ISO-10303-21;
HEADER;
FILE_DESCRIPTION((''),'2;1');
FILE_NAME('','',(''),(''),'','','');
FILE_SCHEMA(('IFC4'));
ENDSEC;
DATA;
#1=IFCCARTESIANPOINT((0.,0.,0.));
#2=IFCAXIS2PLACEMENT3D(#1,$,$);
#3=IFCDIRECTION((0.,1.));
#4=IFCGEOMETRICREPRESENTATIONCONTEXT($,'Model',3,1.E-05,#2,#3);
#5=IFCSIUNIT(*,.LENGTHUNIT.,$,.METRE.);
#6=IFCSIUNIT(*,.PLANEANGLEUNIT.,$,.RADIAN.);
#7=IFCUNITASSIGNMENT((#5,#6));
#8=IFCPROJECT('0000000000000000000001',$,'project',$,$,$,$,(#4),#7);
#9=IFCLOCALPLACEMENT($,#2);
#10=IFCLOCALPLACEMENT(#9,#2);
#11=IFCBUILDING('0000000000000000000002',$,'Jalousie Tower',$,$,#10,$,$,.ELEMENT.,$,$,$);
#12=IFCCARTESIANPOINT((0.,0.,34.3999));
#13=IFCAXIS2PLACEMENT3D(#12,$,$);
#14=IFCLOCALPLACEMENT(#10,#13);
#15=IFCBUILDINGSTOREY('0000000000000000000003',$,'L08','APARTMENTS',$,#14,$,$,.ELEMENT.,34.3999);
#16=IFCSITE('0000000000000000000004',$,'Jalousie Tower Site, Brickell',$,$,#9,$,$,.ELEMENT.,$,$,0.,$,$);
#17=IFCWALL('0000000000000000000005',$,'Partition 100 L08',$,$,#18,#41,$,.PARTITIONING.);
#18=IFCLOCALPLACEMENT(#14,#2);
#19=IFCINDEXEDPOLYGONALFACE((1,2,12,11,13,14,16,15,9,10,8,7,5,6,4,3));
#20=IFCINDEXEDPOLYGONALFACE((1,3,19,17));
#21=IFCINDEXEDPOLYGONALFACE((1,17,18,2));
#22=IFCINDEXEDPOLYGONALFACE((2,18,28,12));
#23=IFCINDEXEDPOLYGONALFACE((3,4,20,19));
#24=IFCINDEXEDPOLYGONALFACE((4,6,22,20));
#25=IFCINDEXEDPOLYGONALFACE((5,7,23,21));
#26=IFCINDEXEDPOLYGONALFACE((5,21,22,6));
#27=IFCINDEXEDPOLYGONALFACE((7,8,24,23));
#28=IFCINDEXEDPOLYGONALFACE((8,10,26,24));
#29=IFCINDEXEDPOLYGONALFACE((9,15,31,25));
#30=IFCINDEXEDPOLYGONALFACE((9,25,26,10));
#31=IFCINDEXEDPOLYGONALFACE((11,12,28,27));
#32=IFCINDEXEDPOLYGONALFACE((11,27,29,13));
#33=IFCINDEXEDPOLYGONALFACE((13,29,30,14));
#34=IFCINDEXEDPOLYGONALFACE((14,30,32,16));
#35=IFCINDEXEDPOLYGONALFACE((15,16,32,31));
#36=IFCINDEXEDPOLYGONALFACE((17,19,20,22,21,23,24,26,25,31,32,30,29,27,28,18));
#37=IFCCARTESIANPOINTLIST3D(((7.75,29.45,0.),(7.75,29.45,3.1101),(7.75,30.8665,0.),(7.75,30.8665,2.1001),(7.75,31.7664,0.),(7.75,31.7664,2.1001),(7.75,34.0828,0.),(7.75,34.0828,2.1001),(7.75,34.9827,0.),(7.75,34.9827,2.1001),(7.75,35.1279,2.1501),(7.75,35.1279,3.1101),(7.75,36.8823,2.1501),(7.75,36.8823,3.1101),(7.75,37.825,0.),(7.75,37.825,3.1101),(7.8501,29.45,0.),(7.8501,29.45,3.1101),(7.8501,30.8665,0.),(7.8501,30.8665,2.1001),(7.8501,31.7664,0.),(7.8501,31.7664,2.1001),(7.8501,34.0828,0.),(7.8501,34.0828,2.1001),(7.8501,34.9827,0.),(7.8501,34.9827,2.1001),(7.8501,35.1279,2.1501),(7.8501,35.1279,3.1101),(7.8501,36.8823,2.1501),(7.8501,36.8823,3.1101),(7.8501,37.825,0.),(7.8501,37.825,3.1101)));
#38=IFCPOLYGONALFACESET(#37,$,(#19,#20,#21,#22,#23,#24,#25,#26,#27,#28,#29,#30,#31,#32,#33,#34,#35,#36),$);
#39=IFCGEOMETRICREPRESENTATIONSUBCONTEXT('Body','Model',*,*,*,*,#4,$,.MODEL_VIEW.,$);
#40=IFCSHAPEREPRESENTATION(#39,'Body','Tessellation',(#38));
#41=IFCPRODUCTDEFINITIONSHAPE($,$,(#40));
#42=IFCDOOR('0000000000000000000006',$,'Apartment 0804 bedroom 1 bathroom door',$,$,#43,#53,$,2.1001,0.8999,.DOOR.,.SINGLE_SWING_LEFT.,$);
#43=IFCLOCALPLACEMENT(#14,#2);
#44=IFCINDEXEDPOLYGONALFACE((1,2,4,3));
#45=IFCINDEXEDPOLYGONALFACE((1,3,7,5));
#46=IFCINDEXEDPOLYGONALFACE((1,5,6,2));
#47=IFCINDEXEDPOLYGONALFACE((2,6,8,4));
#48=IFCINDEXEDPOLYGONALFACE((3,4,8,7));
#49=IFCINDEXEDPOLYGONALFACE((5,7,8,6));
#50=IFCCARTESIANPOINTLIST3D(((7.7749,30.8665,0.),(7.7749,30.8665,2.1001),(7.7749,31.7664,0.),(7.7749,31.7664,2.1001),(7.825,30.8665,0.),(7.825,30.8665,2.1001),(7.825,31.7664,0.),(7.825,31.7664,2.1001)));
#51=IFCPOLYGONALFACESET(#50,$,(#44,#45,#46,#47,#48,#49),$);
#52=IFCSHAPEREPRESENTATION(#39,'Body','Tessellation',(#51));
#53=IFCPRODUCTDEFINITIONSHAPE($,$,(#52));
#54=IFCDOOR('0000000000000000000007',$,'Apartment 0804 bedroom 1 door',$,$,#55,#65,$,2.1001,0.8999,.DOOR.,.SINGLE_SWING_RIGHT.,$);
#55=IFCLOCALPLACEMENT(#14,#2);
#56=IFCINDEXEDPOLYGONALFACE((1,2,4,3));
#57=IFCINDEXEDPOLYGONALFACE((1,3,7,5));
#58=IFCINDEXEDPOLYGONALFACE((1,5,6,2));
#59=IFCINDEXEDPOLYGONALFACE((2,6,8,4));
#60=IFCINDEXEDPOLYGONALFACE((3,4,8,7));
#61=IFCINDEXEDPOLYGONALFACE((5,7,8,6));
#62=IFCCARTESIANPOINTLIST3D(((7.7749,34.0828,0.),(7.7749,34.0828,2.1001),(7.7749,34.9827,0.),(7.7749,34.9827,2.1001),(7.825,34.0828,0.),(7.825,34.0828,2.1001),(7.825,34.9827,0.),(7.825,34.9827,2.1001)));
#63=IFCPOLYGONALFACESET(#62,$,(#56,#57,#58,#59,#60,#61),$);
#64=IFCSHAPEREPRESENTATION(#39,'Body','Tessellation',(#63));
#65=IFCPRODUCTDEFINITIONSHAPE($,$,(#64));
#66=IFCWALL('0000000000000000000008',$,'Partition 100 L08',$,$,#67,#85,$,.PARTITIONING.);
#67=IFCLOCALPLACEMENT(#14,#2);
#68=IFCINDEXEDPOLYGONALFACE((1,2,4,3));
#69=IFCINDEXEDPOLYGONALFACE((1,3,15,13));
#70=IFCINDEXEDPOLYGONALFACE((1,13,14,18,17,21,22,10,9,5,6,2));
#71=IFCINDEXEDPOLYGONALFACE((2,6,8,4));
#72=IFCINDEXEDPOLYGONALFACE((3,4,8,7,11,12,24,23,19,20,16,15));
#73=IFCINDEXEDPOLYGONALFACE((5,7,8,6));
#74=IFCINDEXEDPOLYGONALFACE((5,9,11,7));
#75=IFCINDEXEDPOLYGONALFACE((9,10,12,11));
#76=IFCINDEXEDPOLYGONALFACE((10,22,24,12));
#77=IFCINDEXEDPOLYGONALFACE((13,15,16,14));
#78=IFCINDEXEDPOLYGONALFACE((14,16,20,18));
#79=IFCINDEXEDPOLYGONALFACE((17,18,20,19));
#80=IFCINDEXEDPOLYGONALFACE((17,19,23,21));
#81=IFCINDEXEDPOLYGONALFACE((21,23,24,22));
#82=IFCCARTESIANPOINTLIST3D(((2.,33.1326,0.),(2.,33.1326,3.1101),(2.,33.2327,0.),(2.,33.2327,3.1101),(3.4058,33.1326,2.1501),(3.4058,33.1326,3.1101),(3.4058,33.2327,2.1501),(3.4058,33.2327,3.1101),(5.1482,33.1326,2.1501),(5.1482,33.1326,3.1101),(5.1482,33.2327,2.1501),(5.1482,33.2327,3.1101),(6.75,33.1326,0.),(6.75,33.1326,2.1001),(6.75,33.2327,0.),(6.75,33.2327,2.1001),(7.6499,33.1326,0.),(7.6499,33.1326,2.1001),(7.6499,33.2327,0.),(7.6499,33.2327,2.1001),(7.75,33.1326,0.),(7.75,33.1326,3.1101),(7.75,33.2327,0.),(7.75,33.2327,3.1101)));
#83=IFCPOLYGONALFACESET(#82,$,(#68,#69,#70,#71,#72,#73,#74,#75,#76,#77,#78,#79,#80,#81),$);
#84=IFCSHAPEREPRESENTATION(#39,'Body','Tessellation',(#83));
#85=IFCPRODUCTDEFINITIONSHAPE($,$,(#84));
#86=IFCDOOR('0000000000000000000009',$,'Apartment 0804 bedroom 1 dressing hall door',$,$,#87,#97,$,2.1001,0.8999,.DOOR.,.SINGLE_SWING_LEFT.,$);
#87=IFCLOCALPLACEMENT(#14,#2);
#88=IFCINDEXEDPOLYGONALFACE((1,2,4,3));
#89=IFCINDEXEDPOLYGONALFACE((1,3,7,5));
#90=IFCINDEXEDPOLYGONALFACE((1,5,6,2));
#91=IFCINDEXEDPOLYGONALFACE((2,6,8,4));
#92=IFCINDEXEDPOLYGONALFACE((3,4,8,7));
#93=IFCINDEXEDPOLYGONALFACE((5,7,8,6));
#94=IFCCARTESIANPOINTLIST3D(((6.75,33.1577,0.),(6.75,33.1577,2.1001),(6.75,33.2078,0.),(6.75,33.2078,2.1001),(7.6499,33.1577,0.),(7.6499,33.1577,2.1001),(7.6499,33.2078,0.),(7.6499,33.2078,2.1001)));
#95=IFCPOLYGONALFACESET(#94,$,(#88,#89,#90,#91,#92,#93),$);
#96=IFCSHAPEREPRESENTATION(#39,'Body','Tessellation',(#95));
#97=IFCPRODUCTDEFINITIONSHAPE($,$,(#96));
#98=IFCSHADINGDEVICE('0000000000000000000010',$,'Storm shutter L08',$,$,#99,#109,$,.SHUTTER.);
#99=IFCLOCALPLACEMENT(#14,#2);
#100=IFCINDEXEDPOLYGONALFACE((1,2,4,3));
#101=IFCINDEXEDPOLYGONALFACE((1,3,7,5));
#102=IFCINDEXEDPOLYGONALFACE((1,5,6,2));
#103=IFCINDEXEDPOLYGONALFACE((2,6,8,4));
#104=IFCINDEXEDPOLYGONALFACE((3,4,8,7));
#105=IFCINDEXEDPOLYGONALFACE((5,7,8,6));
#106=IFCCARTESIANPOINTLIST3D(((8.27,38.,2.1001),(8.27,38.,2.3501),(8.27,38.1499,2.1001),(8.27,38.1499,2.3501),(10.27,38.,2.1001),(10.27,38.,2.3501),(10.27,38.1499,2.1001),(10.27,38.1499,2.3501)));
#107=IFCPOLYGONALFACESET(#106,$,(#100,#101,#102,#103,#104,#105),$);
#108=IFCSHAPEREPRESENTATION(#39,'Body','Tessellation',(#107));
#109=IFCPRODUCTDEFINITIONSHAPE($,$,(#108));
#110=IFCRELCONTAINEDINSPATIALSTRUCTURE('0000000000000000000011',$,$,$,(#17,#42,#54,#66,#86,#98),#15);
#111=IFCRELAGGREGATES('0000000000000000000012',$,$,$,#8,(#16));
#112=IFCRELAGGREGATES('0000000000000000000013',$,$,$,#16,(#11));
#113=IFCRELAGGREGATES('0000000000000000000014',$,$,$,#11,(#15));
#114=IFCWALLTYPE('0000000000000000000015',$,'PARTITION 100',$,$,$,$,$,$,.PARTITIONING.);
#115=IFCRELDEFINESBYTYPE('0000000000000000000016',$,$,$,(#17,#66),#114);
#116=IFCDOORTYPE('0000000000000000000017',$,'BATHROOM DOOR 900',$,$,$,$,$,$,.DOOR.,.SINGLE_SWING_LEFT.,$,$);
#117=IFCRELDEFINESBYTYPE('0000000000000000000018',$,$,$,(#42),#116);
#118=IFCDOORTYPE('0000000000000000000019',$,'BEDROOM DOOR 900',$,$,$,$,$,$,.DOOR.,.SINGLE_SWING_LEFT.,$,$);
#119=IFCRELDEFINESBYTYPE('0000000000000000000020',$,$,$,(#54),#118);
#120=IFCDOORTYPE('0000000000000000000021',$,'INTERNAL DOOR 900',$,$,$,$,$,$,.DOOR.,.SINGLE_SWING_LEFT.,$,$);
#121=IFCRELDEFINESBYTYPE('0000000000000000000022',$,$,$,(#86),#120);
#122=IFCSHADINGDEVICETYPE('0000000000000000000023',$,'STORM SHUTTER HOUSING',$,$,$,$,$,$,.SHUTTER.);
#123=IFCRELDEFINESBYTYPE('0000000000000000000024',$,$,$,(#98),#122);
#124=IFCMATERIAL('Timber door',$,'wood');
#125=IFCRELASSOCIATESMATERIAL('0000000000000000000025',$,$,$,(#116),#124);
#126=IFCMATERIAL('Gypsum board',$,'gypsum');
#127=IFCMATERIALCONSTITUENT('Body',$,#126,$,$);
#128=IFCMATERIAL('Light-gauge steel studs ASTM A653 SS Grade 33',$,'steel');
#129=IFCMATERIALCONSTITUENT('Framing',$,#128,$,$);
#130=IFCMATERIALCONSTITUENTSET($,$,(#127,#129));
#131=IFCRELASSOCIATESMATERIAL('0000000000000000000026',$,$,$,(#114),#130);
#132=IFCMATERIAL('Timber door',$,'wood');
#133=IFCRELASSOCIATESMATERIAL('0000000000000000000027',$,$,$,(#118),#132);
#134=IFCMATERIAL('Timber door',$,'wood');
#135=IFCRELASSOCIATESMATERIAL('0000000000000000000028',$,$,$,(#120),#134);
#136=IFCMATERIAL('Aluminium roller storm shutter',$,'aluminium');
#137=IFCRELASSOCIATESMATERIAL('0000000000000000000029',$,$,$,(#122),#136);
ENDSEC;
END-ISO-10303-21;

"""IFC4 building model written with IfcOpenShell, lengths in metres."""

from ifc_helpers import new_model, si_unit, direction, frame, frame_2d, origin, origin_2d, place, context, subcontext, project, spatial, polyline, rectangle, outline, extrude, material, constituent, constituent_set, type_object, element, fill, save


model = new_model("IFC4")

# Units and contexts
model_context = context("Model", 3, precision=1e-05, world=origin(), true_north=direction((0.0, 1.0)))
body_context = subcontext(model_context, "Body", "Model", "MODEL_VIEW")
ifc_project = project(units=[si_unit("LENGTHUNIT", "METRE"), si_unit("PLANEANGLEUNIT", "RADIAN")], contexts=[model_context])

# Site, building, storey
site_placement = place(None, origin())
site = spatial("IfcSite", under=ifc_project, at=site_placement, Name="Jalousie Tower Site, Brickell", CompositionType="ELEMENT", RefElevation=0.0)
building_placement = place(site_placement, origin())
building = spatial("IfcBuilding", under=site, at=building_placement, Name="Jalousie Tower", CompositionType="ELEMENT")
storey_placement = place(building_placement, frame((0.0, 0.0, 34.3999)))
storey = spatial("IfcBuildingStorey", under=building, at=storey_placement, Name="L08", Description="APARTMENTS", CompositionType="ELEMENT", Elevation=34.3999)

# Shared definitions
ifc_material_1 = material(Name="Timber door", Category="wood")
door_type_1 = type_object("IfcDoorType", Name="BATHROOM DOOR 900", OperationType="SINGLE_SWING_LEFT", PredefinedType="DOOR", material=ifc_material_1)

# Wall, openings, doors
ifc_material_2 = material(Name="Gypsum board", Category="gypsum")
ifc_constituent_1 = constituent(ifc_material_2, Name="Body")
ifc_material_3 = material(Name="Light-gauge steel studs ASTM A653 SS Grade 33", Category="steel")
ifc_constituent_2 = constituent(ifc_material_3, Name="Framing")
ifc_constituent_set_1 = constituent_set(constituents=[ifc_constituent_1, ifc_constituent_2])
wall_type_1 = type_object("IfcWallType", Name="PARTITION 100", PredefinedType="PARTITIONING", material=ifc_constituent_set_1)
wall_1_placement = place(storey_placement, frame((7.8, 37.825, 0.0), z_axis=(0.0, 0.0, 1.0), x_axis=(0.0, -1.0, 0.0)))
wall_1 = element("IfcWall", 1, at=wall_1_placement, inside=storey, type_object=wall_type_1, Name="Partition 100 L08", PredefinedType="PARTITIONING", context=body_context, shape_type="SweptSolid", body=[
    extrude(outline(polyline([(0.0, 0.0), (8.375, 0.0), (8.375, 3.1101), (2.697, 3.1101), (2.697, 2.1501), (0.9426, 2.1501), (0.9426, 3.1101), (0.0, 3.1101), (0.0, 0.0)])), frame((0.0, 0.05, 0.0), z_axis=(0.0, -1.0, 0.0), x_axis=(1.0, 0.0, 0.0)), (0.0, 0.0, 1.0), 0.1001),
])
opening_1_placement = place(wall_1_placement, frame((2.8423, 0.0, 0.0)))
opening_1 = element("IfcOpeningElement", 2, at=opening_1_placement, cuts=wall_1, PredefinedType="OPENING", context=body_context, shape_type="SweptSolid", body=[
    extrude(rectangle(XDim=0.8999, YDim=2.1001, at=frame_2d((0.45, 1.05))), frame((0.0, 0.0601, 0.0), z_axis=(0.0, -1.0, 0.0), x_axis=(1.0, 0.0, 0.0)), (0.0, 0.0, 1.0), 0.1201),
])
opening_2_placement = place(wall_1_placement, frame((6.0586, 0.0, 0.0)))
opening_2 = element("IfcOpeningElement", 3, at=opening_2_placement, cuts=wall_1, PredefinedType="OPENING", context=body_context, shape_type="SweptSolid", body=[
    extrude(rectangle(XDim=0.8999, YDim=2.1001, at=frame_2d((0.45, 1.05))), frame((0.0, 0.0601, 0.0), z_axis=(0.0, -1.0, 0.0), x_axis=(1.0, 0.0, 0.0)), (0.0, 0.0, 1.0), 0.1201),
])
door_1_placement = place(opening_2_placement, origin())
door_1 = element("IfcDoor", 4, at=door_1_placement, inside=storey, type_object=door_type_1, Name="Apartment 0804 bedroom 1 bathroom door", OperationType="SINGLE_SWING_LEFT", OverallHeight=2.1001, OverallWidth=0.8999, PredefinedType="DOOR", context=body_context, shape_type="SweptSolid", body=[
    extrude(rectangle(XDim=0.8999, YDim=2.1001, at=frame_2d((0.45, 1.05))), frame((0.0, 0.0249, 0.0), z_axis=(0.0, -1.0, 0.0), x_axis=(1.0, 0.0, 0.0)), (0.0, 0.0, 1.0), 0.05),
])
fill(opening_2, door_1)
ifc_material_4 = material(Name="Timber door", Category="wood")
door_type_2 = type_object("IfcDoorType", Name="BEDROOM DOOR 900", OperationType="SINGLE_SWING_LEFT", PredefinedType="DOOR", material=ifc_material_4)
door_2_placement = place(opening_1_placement, origin())
door_2 = element("IfcDoor", 5, at=door_2_placement, inside=storey, type_object=door_type_2, Name="Apartment 0804 bedroom 1 door", OperationType="SINGLE_SWING_RIGHT", OverallHeight=2.1001, OverallWidth=0.8999, PredefinedType="DOOR", context=body_context, shape_type="SweptSolid", body=[
    extrude(rectangle(XDim=0.8999, YDim=2.1001, at=frame_2d((0.45, 1.05))), frame((0.0, 0.0249, 0.0), z_axis=(0.0, -1.0, 0.0), x_axis=(1.0, 0.0, 0.0)), (0.0, 0.0, 1.0), 0.05),
])
fill(opening_1, door_2)

# Wall, opening, door
wall_2_placement = place(storey_placement, frame((2.0, 33.1826, 0.0), z_axis=(0.0, 0.0, 1.0), x_axis=(1.0, 0.0, 0.0)))
wall_2 = element("IfcWall", 6, at=wall_2_placement, inside=storey, type_object=wall_type_1, Name="Partition 100 L08", PredefinedType="PARTITIONING", context=body_context, shape_type="SweptSolid", body=[
    extrude(outline(polyline([(0.0, 0.0), (5.75, 0.0), (5.75, 3.1101), (3.1482, 3.1101), (3.1482, 2.1501), (1.4058, 2.1501), (1.4058, 3.1101), (0.0, 3.1101), (0.0, 0.0)])), frame((0.0, 0.05, 0.0), z_axis=(0.0, -1.0, 0.0), x_axis=(1.0, 0.0, 0.0)), (0.0, 0.0, 1.0), 0.1001),
])
opening_3_placement = place(wall_2_placement, frame((4.75, 0.0, 0.0)))
opening_3 = element("IfcOpeningElement", 7, at=opening_3_placement, cuts=wall_2, PredefinedType="OPENING", context=body_context, shape_type="SweptSolid", body=[
    extrude(rectangle(XDim=0.8999, YDim=2.1001, at=frame_2d((0.45, 1.05))), frame((0.0, 0.0601, 0.0), z_axis=(0.0, -1.0, 0.0), x_axis=(1.0, 0.0, 0.0)), (0.0, 0.0, 1.0), 0.1201),
])
ifc_material_5 = material(Name="Timber door", Category="wood")
door_type_3 = type_object("IfcDoorType", Name="INTERNAL DOOR 900", OperationType="SINGLE_SWING_LEFT", PredefinedType="DOOR", material=ifc_material_5)
door_3_placement = place(opening_3_placement, frame((0.8999, 0.0, 0.0), z_axis=(0.0, 0.0, 1.0), x_axis=(-1.0, 0.0, 0.0)))
door_3 = element("IfcDoor", 8, at=door_3_placement, inside=storey, type_object=door_type_3, Name="Apartment 0804 bedroom 1 dressing hall door", OperationType="SINGLE_SWING_LEFT", OverallHeight=2.1001, OverallWidth=0.8999, PredefinedType="DOOR", context=body_context, shape_type="SweptSolid", body=[
    extrude(rectangle(XDim=0.8999, YDim=2.1001, at=frame_2d((0.45, 1.05))), frame((0.0, 0.0249, 0.0), z_axis=(0.0, -1.0, 0.0), x_axis=(1.0, 0.0, 0.0)), (0.0, 0.0, 1.0), 0.05),
])
fill(opening_3, door_3)

# Shading device
ifc_material_6 = material(Name="Aluminium roller storm shutter", Category="aluminium")
shading_device_type = type_object("IfcShadingDeviceType", Name="STORM SHUTTER HOUSING", PredefinedType="SHUTTER", material=ifc_material_6)
shading_device_placement = place(storey_placement, frame((9.27, 38.075, 2.1001), z_axis=(0.0, 0.0, 1.0), x_axis=(-1.0, 0.0, 0.0)))
element("IfcShadingDevice", 9, at=shading_device_placement, inside=storey, type_object=shading_device_type, Name="Storm shutter L08", PredefinedType="SHUTTER", context=body_context, shape_type="SweptSolid", body=[
    extrude(rectangle(XDim=2.0, YDim=0.1499, at=origin_2d()), origin(), (0.0, 0.0, 1.0), 0.25),
])

save(model, "model.ifc")
